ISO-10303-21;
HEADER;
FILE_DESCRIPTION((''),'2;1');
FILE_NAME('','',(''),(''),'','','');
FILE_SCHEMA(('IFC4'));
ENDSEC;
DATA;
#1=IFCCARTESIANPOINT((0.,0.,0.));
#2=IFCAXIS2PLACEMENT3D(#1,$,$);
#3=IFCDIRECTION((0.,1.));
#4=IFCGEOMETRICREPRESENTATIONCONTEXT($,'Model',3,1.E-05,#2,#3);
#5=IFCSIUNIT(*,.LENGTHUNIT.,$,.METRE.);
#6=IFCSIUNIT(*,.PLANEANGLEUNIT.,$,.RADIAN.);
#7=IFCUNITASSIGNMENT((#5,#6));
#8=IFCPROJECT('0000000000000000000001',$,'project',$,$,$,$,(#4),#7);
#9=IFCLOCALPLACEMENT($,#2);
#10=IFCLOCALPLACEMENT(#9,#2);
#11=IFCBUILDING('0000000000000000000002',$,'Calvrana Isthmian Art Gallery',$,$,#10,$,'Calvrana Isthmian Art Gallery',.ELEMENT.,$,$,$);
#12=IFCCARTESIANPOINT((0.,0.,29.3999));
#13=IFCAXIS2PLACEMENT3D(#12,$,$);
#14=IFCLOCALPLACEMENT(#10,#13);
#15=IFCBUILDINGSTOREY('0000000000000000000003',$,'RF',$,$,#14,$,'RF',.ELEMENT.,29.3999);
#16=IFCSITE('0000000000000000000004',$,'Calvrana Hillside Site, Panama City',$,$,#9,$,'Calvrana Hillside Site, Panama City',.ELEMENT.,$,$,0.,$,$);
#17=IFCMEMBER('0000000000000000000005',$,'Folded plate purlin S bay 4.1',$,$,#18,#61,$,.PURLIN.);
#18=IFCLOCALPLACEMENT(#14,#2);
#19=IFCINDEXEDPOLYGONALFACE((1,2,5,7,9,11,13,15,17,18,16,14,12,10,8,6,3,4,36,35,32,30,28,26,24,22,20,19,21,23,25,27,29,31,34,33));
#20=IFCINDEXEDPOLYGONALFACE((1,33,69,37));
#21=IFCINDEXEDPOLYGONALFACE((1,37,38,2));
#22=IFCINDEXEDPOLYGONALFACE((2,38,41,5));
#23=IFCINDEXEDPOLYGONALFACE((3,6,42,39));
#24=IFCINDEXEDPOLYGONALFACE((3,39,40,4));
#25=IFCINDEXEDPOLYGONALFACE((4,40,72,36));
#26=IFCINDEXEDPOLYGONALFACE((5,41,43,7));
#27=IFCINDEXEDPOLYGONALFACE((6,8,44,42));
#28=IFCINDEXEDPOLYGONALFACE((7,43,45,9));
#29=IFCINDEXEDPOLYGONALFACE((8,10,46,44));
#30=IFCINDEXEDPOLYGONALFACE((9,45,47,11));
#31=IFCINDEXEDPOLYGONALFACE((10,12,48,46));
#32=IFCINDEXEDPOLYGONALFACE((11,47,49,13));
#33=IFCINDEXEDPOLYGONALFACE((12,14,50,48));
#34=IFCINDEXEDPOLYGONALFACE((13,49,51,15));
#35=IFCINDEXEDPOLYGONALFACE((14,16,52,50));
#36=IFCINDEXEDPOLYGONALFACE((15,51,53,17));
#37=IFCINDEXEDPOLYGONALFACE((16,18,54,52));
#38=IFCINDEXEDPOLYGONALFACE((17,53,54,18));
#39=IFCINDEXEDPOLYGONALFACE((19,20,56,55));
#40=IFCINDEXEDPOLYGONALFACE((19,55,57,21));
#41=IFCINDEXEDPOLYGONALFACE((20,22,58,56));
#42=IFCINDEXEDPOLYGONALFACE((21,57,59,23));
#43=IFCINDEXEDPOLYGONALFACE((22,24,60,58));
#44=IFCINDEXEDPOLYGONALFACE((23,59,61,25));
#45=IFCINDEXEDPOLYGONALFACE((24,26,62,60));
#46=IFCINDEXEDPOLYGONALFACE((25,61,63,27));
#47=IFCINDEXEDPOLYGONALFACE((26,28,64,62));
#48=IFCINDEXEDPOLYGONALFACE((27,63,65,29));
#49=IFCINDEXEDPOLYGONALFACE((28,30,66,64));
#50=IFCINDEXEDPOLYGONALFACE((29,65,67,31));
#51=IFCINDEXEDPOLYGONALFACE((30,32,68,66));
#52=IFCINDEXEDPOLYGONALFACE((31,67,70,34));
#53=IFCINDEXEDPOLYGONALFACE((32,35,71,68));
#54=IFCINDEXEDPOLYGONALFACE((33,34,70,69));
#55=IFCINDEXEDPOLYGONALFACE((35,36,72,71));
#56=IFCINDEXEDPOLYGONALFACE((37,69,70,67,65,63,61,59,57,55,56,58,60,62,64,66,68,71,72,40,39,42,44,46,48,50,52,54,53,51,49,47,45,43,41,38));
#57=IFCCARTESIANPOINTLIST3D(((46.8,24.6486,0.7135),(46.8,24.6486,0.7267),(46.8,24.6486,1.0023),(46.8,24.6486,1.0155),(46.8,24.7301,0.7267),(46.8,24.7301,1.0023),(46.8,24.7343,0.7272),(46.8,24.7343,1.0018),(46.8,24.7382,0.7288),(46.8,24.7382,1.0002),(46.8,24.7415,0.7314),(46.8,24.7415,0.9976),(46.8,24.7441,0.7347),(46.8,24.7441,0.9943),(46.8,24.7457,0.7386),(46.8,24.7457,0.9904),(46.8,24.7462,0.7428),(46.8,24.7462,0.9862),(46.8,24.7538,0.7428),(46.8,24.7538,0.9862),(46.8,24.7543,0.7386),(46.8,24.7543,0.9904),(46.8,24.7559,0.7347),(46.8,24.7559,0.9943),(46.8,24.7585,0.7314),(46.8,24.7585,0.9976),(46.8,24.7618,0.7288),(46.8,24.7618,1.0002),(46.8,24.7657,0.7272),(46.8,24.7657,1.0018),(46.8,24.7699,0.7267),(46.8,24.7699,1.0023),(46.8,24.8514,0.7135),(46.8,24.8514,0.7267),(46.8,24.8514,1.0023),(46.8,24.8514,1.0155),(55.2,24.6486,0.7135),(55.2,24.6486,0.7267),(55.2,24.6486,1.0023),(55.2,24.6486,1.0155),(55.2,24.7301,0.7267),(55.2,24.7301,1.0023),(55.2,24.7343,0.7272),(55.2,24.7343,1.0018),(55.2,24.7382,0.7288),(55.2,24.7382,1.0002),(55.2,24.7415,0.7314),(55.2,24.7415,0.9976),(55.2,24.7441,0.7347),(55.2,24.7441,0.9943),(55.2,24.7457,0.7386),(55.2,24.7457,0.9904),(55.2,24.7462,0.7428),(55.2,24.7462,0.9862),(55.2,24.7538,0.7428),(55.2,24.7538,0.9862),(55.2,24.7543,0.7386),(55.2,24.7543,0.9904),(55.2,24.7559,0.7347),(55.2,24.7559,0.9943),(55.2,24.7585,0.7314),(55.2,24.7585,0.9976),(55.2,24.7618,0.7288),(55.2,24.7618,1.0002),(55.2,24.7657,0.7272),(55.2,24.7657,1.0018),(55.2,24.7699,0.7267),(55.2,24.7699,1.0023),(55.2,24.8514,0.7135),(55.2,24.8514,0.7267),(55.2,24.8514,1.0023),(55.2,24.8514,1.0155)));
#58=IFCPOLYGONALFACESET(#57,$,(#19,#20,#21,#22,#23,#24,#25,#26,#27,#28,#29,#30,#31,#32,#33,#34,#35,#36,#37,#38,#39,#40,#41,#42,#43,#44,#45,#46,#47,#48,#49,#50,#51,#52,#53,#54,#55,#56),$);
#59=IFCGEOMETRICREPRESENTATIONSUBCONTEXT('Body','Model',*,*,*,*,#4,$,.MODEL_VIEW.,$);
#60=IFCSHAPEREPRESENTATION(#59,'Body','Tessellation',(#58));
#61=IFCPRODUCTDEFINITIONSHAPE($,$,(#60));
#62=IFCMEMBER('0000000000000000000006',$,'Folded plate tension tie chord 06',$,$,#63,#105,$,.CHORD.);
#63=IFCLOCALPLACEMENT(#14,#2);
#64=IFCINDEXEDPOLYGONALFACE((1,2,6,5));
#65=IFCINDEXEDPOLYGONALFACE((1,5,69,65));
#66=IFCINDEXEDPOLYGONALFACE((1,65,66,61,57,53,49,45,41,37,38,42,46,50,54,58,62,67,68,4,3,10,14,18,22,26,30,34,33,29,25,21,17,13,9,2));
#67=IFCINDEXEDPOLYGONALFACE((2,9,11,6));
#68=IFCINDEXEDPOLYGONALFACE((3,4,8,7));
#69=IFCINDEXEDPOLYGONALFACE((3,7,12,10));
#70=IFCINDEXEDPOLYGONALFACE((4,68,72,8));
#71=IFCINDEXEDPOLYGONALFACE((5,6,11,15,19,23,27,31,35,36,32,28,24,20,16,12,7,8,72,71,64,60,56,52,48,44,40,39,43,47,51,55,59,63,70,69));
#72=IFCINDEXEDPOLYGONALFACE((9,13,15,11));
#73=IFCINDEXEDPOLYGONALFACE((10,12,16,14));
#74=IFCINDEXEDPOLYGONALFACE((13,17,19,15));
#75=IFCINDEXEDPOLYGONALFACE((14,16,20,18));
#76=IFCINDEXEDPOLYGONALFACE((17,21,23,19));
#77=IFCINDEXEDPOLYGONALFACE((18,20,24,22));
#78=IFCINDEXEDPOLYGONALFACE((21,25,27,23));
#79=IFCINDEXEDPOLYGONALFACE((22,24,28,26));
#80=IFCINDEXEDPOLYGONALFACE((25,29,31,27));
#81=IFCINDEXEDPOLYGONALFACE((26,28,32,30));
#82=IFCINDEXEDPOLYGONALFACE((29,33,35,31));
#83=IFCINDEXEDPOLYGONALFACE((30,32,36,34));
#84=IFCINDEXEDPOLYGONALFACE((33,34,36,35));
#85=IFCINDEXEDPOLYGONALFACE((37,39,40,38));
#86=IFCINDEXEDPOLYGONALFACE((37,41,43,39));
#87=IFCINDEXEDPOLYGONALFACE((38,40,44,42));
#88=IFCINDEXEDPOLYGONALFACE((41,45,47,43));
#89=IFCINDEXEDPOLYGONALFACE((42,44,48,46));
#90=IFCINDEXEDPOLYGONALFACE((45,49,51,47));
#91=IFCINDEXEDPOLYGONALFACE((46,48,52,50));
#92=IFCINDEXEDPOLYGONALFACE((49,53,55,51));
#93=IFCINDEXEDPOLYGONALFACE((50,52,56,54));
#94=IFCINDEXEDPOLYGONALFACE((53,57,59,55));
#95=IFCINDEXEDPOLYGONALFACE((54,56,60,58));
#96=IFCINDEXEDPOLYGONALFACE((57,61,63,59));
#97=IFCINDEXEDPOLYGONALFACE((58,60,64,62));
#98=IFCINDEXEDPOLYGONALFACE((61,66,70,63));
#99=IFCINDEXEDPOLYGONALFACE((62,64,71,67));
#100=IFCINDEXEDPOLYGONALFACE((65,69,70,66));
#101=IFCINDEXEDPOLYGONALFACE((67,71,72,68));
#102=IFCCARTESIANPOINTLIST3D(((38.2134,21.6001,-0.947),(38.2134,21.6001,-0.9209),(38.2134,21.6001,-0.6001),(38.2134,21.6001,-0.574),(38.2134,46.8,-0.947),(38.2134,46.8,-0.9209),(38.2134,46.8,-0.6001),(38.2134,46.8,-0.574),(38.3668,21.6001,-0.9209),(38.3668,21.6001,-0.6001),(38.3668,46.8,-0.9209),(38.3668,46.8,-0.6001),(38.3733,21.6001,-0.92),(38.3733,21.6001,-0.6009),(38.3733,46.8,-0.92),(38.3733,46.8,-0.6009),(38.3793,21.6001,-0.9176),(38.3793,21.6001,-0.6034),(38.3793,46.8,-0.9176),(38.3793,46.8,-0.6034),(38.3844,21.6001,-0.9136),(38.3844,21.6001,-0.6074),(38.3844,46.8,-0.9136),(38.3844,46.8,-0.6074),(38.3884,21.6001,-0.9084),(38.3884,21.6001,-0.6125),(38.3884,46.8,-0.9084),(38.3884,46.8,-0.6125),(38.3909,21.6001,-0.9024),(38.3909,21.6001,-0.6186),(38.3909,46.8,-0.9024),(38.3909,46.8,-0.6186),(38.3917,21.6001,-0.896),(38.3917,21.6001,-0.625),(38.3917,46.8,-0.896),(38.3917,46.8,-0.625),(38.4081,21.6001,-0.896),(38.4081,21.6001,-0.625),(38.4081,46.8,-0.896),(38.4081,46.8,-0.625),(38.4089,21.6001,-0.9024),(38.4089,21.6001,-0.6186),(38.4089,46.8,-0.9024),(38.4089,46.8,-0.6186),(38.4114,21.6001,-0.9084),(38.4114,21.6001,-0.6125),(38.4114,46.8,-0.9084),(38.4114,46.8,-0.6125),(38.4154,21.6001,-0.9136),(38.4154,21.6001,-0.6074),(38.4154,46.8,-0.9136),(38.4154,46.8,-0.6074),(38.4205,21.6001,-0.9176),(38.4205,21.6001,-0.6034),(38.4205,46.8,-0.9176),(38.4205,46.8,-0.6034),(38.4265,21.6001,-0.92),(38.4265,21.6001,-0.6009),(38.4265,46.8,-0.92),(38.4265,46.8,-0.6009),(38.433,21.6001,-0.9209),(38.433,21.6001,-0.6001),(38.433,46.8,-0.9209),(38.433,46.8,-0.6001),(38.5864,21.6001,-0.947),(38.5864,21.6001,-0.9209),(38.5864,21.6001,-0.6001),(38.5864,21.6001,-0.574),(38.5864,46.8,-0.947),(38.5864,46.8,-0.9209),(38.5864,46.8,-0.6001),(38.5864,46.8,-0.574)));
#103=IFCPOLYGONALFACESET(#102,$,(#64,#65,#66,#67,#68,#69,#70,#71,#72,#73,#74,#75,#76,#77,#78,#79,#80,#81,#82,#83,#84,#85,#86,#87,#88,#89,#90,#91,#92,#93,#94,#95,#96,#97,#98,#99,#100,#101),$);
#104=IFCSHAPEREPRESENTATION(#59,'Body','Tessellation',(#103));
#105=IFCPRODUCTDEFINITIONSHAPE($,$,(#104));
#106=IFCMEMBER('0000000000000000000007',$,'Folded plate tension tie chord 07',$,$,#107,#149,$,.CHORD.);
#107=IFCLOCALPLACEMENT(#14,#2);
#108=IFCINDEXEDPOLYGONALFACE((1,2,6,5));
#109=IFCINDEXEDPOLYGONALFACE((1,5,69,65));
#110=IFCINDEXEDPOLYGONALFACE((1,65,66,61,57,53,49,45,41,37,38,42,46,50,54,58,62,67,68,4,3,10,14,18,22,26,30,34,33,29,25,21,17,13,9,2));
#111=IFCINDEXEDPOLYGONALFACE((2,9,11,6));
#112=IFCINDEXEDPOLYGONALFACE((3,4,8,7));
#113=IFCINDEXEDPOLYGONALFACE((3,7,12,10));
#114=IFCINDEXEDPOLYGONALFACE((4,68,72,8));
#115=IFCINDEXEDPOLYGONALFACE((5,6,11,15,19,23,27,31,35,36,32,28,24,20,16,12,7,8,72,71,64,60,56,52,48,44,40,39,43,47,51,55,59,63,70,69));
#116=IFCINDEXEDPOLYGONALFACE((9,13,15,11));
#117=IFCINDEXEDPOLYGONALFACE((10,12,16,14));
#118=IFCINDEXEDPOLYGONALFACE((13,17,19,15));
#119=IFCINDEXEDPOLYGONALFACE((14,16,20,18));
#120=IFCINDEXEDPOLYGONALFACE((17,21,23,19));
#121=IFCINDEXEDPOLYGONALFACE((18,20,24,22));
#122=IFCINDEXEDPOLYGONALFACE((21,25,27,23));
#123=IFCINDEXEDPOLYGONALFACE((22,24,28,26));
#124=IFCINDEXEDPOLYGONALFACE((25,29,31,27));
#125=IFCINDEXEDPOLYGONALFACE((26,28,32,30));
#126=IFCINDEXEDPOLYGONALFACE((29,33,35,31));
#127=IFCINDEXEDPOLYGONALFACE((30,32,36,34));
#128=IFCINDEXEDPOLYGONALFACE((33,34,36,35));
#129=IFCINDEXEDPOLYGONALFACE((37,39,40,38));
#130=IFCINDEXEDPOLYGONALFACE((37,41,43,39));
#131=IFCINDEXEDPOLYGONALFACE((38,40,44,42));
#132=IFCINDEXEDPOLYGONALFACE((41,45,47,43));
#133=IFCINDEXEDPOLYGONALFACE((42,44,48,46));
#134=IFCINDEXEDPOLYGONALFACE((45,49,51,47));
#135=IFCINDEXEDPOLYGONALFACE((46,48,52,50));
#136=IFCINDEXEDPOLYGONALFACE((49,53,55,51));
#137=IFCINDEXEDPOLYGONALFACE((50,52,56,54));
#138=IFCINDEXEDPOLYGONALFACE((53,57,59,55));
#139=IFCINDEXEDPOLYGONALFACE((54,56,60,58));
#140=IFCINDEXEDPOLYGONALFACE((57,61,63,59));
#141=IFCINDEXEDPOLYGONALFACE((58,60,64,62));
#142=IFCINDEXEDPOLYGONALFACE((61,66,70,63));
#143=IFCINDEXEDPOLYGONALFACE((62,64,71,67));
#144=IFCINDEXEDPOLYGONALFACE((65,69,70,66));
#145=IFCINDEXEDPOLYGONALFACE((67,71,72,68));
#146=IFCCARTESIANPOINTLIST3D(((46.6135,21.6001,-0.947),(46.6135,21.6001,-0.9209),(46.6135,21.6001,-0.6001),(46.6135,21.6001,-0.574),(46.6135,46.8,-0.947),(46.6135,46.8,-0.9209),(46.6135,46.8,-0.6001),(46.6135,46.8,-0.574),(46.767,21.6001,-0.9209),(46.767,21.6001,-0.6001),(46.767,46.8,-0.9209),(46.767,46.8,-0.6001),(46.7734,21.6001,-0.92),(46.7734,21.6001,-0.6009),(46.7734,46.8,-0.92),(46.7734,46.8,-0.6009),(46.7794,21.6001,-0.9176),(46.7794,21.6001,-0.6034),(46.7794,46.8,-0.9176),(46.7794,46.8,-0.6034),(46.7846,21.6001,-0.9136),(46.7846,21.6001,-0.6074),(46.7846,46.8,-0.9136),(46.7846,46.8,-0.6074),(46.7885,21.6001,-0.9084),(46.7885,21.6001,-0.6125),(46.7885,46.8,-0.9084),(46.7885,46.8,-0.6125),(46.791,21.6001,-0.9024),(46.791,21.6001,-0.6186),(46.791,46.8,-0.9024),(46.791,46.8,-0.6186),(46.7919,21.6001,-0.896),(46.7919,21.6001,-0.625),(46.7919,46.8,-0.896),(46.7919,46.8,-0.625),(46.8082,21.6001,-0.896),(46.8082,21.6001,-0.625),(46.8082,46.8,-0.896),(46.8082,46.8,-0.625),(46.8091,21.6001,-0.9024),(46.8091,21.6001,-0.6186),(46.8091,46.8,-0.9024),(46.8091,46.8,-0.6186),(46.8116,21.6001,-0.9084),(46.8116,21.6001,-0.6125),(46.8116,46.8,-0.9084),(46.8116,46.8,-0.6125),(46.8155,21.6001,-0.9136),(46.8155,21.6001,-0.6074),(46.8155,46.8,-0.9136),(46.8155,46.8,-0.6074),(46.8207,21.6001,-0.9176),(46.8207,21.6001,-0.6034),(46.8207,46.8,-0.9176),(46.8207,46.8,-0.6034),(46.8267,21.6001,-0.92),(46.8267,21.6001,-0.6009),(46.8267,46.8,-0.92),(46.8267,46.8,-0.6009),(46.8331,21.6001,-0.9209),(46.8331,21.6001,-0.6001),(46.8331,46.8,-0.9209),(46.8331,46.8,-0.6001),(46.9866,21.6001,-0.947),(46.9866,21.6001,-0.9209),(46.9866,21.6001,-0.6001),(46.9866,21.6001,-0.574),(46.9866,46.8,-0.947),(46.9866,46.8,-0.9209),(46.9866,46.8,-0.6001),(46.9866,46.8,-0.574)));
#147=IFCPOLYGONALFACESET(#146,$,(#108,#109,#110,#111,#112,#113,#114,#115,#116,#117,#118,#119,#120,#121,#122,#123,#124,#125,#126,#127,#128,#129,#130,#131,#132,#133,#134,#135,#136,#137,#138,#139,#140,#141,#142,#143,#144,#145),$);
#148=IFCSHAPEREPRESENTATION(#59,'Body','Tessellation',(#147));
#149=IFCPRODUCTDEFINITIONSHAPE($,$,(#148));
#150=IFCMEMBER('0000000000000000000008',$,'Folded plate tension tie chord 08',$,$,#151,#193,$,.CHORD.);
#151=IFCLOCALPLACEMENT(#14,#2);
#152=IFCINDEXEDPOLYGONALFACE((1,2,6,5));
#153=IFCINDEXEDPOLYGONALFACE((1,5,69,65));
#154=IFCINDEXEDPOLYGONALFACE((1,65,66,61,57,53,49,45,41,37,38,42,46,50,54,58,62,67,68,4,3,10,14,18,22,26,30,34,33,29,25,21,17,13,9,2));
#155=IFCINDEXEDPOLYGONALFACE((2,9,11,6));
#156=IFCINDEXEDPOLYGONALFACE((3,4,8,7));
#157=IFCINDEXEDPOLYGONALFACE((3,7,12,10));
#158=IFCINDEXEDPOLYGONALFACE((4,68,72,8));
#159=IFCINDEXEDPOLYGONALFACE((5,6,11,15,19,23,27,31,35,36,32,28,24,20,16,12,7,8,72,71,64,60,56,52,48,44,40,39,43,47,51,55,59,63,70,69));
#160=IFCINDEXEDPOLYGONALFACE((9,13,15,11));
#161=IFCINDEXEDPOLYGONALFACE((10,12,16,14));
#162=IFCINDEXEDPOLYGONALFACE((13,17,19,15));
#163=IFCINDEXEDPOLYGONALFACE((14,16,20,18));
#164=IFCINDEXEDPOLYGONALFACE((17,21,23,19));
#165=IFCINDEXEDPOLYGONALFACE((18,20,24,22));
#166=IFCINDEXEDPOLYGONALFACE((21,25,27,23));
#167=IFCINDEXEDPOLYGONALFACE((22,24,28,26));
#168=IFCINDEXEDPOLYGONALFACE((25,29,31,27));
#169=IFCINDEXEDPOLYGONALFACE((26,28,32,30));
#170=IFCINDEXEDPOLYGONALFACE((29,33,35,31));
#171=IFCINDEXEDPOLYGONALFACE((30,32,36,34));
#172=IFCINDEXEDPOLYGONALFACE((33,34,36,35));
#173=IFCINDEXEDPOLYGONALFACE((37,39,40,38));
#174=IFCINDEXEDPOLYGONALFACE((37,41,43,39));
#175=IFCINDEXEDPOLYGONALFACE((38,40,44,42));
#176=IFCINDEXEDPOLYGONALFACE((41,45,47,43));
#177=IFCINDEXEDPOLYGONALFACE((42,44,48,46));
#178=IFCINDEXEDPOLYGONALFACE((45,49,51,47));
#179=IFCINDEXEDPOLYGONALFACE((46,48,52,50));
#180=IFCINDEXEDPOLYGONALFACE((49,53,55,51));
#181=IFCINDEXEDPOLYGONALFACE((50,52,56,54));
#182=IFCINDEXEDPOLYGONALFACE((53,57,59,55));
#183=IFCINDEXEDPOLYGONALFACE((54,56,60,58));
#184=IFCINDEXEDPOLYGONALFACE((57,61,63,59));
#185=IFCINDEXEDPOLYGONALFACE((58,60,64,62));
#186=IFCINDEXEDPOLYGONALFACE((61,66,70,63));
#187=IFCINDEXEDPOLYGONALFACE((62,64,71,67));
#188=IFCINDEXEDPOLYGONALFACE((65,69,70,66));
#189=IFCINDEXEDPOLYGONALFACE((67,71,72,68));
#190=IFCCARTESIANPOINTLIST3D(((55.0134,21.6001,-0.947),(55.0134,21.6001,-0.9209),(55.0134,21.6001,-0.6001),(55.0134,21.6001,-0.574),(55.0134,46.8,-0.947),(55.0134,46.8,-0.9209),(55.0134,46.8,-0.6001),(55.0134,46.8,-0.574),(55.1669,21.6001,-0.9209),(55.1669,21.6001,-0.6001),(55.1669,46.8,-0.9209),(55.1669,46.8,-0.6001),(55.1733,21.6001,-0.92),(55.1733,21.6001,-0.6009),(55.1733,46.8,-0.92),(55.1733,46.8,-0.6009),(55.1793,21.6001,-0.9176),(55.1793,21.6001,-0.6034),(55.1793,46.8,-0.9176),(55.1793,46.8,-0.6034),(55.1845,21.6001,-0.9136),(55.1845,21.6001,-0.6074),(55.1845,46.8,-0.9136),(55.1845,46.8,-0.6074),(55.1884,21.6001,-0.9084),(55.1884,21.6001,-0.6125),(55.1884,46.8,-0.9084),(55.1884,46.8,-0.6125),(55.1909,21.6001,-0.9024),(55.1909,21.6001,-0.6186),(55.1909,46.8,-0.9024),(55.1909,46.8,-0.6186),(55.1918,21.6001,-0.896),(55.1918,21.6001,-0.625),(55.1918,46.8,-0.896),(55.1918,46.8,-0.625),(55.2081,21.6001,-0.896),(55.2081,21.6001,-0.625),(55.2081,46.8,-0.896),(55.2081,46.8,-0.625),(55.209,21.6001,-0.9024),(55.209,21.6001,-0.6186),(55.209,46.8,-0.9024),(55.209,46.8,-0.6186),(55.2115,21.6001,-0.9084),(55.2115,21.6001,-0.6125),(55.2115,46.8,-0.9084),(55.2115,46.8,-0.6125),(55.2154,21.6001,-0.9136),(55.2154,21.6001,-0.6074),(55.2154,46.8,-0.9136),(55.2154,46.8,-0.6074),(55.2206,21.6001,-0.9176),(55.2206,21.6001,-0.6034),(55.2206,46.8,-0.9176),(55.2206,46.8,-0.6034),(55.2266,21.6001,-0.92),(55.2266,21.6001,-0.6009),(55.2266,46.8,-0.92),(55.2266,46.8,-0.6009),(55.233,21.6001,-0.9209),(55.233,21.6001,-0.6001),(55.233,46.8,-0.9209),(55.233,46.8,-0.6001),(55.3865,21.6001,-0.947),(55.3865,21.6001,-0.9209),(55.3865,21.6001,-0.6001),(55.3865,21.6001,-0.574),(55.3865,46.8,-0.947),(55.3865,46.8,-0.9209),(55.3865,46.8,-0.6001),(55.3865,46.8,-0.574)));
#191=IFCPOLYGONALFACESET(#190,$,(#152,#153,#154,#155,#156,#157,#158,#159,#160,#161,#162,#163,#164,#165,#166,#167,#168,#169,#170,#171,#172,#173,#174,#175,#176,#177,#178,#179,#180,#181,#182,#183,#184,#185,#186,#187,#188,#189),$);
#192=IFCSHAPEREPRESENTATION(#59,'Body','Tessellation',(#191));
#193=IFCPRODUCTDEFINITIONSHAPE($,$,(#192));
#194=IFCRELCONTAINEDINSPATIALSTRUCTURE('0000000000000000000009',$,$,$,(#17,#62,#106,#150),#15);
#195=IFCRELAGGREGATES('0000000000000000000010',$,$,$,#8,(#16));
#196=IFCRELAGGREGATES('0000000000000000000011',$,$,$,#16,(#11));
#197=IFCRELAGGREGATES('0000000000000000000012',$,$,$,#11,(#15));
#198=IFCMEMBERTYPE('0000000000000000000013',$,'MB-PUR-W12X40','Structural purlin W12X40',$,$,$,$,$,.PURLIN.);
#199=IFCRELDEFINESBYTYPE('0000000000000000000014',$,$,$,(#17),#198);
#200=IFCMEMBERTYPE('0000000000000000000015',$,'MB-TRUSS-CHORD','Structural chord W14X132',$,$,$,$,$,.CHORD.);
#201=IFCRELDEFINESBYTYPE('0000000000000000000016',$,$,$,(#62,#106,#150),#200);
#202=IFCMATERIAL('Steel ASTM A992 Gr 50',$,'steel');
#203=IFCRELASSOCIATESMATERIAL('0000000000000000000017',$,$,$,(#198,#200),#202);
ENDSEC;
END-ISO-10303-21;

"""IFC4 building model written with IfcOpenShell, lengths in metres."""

from ifc_helpers import new_model, si_unit, direction, frame, origin, origin_2d, place, context, subcontext, project, spatial, i_section, extrude, material, material_profile, profile_set, type_object, element, save


model = new_model("IFC4")

# Units and contexts
model_context = context("Model", 3, precision=1e-05, world=origin(), true_north=direction((0.0, 1.0)))
body_context = subcontext(model_context, "Body", "Model", "MODEL_VIEW")
ifc_project = project(units=[si_unit("LENGTHUNIT", "METRE"), si_unit("PLANEANGLEUNIT", "RADIAN")], contexts=[model_context])

# Site, building, storey
site_placement = place(None, origin())
site = spatial("IfcSite", under=ifc_project, at=site_placement, Name="Calvrana Hillside Site, Panama City", LongName="Calvrana Hillside Site, Panama City", CompositionType="ELEMENT", RefElevation=0.0)
building_placement = place(site_placement, origin())
building = spatial("IfcBuilding", under=site, at=building_placement, Name="Calvrana Isthmian Art Gallery", LongName="Calvrana Isthmian Art Gallery", CompositionType="ELEMENT")
storey_placement = place(building_placement, frame((0.0, 0.0, 29.3999)))
storey = spatial("IfcBuildingStorey", under=building, at=storey_placement, Name="RF", LongName="RF", CompositionType="ELEMENT", Elevation=29.3999)

# Shared definitions
ifc_material_1 = material(Name="Steel ASTM A992 Gr 50", Category="steel")

# Members
ifc_material_profile_1 = material_profile(ifc_material_1, i_section(OverallWidth=0.2029, OverallDepth=0.302, WebThickness=0.0076, FlangeThickness=0.0132, FilletRadius=0.0161, at=origin_2d()), Name="W12X40")
ifc_profile_set_1 = profile_set([ifc_material_profile_1], Name="Steel ASTM A992 Gr 50")
member_type_1 = type_object("IfcMemberType", Name="MB-PUR-W12X40", Description="Structural purlin W12X40", PredefinedType="PURLIN", material=ifc_profile_set_1)
member_1_placement = place(storey_placement, frame((46.8, 24.75, 0.8645), z_axis=(1.0, 0.0, 0.0), x_axis=(0.0, 1.0, 0.0)))
element("IfcMember", 1, at=member_1_placement, inside=storey, type_object=member_type_1, Name="Folded plate purlin S bay 4.1", PredefinedType="PURLIN", context=body_context, shape_type="SweptSolid", body=[
    extrude(i_section(OverallWidth=0.2029, OverallDepth=0.302, WebThickness=0.0076, FlangeThickness=0.0132, FilletRadius=0.0161, at=origin_2d()), origin(), (0.0, 0.0, 1.0), 8.3999),
])
ifc_material_profile_2 = material_profile(ifc_material_1, i_section(OverallWidth=0.373, OverallDepth=0.373, WebThickness=0.0164, FlangeThickness=0.0261, FilletRadius=0.0249, at=origin_2d()), Name="W14X132")
ifc_profile_set_2 = profile_set([ifc_material_profile_2], Name="Steel ASTM A992 Gr 50")
member_type_2 = type_object("IfcMemberType", Name="MB-TRUSS-CHORD", Description="Structural chord W14X132", PredefinedType="CHORD", material=ifc_profile_set_2)
for number, where, z_axis, x_axis, name in (
    (2, (38.3999, 21.6001, -0.7605), (0.0, 1.0, 0.0), (-1.0, 0.0, 0.0), "Folded plate tension tie chord 06"),
    (3, (46.8, 21.6001, -0.7605), (0.0, 1.0, 0.0), (-1.0, 0.0, 0.0), "Folded plate tension tie chord 07"),
    (4, (55.2, 21.6001, -0.7605), (0.0, 1.0, 0.0), (-1.0, 0.0, 0.0), "Folded plate tension tie chord 08"),
):
    element("IfcMember", number, at=place(storey_placement, frame(where, z_axis=z_axis, x_axis=x_axis)), inside=storey, type_object=member_type_2, Name=name, PredefinedType="CHORD", context=body_context, shape_type="SweptSolid", body=[
        extrude(i_section(OverallWidth=0.373, OverallDepth=0.373, WebThickness=0.0164, FlangeThickness=0.0261, FilletRadius=0.0249, at=origin_2d()), origin(), (0.0, 0.0, 1.0), 25.2),
    ])

save(model, "model.ifc")
